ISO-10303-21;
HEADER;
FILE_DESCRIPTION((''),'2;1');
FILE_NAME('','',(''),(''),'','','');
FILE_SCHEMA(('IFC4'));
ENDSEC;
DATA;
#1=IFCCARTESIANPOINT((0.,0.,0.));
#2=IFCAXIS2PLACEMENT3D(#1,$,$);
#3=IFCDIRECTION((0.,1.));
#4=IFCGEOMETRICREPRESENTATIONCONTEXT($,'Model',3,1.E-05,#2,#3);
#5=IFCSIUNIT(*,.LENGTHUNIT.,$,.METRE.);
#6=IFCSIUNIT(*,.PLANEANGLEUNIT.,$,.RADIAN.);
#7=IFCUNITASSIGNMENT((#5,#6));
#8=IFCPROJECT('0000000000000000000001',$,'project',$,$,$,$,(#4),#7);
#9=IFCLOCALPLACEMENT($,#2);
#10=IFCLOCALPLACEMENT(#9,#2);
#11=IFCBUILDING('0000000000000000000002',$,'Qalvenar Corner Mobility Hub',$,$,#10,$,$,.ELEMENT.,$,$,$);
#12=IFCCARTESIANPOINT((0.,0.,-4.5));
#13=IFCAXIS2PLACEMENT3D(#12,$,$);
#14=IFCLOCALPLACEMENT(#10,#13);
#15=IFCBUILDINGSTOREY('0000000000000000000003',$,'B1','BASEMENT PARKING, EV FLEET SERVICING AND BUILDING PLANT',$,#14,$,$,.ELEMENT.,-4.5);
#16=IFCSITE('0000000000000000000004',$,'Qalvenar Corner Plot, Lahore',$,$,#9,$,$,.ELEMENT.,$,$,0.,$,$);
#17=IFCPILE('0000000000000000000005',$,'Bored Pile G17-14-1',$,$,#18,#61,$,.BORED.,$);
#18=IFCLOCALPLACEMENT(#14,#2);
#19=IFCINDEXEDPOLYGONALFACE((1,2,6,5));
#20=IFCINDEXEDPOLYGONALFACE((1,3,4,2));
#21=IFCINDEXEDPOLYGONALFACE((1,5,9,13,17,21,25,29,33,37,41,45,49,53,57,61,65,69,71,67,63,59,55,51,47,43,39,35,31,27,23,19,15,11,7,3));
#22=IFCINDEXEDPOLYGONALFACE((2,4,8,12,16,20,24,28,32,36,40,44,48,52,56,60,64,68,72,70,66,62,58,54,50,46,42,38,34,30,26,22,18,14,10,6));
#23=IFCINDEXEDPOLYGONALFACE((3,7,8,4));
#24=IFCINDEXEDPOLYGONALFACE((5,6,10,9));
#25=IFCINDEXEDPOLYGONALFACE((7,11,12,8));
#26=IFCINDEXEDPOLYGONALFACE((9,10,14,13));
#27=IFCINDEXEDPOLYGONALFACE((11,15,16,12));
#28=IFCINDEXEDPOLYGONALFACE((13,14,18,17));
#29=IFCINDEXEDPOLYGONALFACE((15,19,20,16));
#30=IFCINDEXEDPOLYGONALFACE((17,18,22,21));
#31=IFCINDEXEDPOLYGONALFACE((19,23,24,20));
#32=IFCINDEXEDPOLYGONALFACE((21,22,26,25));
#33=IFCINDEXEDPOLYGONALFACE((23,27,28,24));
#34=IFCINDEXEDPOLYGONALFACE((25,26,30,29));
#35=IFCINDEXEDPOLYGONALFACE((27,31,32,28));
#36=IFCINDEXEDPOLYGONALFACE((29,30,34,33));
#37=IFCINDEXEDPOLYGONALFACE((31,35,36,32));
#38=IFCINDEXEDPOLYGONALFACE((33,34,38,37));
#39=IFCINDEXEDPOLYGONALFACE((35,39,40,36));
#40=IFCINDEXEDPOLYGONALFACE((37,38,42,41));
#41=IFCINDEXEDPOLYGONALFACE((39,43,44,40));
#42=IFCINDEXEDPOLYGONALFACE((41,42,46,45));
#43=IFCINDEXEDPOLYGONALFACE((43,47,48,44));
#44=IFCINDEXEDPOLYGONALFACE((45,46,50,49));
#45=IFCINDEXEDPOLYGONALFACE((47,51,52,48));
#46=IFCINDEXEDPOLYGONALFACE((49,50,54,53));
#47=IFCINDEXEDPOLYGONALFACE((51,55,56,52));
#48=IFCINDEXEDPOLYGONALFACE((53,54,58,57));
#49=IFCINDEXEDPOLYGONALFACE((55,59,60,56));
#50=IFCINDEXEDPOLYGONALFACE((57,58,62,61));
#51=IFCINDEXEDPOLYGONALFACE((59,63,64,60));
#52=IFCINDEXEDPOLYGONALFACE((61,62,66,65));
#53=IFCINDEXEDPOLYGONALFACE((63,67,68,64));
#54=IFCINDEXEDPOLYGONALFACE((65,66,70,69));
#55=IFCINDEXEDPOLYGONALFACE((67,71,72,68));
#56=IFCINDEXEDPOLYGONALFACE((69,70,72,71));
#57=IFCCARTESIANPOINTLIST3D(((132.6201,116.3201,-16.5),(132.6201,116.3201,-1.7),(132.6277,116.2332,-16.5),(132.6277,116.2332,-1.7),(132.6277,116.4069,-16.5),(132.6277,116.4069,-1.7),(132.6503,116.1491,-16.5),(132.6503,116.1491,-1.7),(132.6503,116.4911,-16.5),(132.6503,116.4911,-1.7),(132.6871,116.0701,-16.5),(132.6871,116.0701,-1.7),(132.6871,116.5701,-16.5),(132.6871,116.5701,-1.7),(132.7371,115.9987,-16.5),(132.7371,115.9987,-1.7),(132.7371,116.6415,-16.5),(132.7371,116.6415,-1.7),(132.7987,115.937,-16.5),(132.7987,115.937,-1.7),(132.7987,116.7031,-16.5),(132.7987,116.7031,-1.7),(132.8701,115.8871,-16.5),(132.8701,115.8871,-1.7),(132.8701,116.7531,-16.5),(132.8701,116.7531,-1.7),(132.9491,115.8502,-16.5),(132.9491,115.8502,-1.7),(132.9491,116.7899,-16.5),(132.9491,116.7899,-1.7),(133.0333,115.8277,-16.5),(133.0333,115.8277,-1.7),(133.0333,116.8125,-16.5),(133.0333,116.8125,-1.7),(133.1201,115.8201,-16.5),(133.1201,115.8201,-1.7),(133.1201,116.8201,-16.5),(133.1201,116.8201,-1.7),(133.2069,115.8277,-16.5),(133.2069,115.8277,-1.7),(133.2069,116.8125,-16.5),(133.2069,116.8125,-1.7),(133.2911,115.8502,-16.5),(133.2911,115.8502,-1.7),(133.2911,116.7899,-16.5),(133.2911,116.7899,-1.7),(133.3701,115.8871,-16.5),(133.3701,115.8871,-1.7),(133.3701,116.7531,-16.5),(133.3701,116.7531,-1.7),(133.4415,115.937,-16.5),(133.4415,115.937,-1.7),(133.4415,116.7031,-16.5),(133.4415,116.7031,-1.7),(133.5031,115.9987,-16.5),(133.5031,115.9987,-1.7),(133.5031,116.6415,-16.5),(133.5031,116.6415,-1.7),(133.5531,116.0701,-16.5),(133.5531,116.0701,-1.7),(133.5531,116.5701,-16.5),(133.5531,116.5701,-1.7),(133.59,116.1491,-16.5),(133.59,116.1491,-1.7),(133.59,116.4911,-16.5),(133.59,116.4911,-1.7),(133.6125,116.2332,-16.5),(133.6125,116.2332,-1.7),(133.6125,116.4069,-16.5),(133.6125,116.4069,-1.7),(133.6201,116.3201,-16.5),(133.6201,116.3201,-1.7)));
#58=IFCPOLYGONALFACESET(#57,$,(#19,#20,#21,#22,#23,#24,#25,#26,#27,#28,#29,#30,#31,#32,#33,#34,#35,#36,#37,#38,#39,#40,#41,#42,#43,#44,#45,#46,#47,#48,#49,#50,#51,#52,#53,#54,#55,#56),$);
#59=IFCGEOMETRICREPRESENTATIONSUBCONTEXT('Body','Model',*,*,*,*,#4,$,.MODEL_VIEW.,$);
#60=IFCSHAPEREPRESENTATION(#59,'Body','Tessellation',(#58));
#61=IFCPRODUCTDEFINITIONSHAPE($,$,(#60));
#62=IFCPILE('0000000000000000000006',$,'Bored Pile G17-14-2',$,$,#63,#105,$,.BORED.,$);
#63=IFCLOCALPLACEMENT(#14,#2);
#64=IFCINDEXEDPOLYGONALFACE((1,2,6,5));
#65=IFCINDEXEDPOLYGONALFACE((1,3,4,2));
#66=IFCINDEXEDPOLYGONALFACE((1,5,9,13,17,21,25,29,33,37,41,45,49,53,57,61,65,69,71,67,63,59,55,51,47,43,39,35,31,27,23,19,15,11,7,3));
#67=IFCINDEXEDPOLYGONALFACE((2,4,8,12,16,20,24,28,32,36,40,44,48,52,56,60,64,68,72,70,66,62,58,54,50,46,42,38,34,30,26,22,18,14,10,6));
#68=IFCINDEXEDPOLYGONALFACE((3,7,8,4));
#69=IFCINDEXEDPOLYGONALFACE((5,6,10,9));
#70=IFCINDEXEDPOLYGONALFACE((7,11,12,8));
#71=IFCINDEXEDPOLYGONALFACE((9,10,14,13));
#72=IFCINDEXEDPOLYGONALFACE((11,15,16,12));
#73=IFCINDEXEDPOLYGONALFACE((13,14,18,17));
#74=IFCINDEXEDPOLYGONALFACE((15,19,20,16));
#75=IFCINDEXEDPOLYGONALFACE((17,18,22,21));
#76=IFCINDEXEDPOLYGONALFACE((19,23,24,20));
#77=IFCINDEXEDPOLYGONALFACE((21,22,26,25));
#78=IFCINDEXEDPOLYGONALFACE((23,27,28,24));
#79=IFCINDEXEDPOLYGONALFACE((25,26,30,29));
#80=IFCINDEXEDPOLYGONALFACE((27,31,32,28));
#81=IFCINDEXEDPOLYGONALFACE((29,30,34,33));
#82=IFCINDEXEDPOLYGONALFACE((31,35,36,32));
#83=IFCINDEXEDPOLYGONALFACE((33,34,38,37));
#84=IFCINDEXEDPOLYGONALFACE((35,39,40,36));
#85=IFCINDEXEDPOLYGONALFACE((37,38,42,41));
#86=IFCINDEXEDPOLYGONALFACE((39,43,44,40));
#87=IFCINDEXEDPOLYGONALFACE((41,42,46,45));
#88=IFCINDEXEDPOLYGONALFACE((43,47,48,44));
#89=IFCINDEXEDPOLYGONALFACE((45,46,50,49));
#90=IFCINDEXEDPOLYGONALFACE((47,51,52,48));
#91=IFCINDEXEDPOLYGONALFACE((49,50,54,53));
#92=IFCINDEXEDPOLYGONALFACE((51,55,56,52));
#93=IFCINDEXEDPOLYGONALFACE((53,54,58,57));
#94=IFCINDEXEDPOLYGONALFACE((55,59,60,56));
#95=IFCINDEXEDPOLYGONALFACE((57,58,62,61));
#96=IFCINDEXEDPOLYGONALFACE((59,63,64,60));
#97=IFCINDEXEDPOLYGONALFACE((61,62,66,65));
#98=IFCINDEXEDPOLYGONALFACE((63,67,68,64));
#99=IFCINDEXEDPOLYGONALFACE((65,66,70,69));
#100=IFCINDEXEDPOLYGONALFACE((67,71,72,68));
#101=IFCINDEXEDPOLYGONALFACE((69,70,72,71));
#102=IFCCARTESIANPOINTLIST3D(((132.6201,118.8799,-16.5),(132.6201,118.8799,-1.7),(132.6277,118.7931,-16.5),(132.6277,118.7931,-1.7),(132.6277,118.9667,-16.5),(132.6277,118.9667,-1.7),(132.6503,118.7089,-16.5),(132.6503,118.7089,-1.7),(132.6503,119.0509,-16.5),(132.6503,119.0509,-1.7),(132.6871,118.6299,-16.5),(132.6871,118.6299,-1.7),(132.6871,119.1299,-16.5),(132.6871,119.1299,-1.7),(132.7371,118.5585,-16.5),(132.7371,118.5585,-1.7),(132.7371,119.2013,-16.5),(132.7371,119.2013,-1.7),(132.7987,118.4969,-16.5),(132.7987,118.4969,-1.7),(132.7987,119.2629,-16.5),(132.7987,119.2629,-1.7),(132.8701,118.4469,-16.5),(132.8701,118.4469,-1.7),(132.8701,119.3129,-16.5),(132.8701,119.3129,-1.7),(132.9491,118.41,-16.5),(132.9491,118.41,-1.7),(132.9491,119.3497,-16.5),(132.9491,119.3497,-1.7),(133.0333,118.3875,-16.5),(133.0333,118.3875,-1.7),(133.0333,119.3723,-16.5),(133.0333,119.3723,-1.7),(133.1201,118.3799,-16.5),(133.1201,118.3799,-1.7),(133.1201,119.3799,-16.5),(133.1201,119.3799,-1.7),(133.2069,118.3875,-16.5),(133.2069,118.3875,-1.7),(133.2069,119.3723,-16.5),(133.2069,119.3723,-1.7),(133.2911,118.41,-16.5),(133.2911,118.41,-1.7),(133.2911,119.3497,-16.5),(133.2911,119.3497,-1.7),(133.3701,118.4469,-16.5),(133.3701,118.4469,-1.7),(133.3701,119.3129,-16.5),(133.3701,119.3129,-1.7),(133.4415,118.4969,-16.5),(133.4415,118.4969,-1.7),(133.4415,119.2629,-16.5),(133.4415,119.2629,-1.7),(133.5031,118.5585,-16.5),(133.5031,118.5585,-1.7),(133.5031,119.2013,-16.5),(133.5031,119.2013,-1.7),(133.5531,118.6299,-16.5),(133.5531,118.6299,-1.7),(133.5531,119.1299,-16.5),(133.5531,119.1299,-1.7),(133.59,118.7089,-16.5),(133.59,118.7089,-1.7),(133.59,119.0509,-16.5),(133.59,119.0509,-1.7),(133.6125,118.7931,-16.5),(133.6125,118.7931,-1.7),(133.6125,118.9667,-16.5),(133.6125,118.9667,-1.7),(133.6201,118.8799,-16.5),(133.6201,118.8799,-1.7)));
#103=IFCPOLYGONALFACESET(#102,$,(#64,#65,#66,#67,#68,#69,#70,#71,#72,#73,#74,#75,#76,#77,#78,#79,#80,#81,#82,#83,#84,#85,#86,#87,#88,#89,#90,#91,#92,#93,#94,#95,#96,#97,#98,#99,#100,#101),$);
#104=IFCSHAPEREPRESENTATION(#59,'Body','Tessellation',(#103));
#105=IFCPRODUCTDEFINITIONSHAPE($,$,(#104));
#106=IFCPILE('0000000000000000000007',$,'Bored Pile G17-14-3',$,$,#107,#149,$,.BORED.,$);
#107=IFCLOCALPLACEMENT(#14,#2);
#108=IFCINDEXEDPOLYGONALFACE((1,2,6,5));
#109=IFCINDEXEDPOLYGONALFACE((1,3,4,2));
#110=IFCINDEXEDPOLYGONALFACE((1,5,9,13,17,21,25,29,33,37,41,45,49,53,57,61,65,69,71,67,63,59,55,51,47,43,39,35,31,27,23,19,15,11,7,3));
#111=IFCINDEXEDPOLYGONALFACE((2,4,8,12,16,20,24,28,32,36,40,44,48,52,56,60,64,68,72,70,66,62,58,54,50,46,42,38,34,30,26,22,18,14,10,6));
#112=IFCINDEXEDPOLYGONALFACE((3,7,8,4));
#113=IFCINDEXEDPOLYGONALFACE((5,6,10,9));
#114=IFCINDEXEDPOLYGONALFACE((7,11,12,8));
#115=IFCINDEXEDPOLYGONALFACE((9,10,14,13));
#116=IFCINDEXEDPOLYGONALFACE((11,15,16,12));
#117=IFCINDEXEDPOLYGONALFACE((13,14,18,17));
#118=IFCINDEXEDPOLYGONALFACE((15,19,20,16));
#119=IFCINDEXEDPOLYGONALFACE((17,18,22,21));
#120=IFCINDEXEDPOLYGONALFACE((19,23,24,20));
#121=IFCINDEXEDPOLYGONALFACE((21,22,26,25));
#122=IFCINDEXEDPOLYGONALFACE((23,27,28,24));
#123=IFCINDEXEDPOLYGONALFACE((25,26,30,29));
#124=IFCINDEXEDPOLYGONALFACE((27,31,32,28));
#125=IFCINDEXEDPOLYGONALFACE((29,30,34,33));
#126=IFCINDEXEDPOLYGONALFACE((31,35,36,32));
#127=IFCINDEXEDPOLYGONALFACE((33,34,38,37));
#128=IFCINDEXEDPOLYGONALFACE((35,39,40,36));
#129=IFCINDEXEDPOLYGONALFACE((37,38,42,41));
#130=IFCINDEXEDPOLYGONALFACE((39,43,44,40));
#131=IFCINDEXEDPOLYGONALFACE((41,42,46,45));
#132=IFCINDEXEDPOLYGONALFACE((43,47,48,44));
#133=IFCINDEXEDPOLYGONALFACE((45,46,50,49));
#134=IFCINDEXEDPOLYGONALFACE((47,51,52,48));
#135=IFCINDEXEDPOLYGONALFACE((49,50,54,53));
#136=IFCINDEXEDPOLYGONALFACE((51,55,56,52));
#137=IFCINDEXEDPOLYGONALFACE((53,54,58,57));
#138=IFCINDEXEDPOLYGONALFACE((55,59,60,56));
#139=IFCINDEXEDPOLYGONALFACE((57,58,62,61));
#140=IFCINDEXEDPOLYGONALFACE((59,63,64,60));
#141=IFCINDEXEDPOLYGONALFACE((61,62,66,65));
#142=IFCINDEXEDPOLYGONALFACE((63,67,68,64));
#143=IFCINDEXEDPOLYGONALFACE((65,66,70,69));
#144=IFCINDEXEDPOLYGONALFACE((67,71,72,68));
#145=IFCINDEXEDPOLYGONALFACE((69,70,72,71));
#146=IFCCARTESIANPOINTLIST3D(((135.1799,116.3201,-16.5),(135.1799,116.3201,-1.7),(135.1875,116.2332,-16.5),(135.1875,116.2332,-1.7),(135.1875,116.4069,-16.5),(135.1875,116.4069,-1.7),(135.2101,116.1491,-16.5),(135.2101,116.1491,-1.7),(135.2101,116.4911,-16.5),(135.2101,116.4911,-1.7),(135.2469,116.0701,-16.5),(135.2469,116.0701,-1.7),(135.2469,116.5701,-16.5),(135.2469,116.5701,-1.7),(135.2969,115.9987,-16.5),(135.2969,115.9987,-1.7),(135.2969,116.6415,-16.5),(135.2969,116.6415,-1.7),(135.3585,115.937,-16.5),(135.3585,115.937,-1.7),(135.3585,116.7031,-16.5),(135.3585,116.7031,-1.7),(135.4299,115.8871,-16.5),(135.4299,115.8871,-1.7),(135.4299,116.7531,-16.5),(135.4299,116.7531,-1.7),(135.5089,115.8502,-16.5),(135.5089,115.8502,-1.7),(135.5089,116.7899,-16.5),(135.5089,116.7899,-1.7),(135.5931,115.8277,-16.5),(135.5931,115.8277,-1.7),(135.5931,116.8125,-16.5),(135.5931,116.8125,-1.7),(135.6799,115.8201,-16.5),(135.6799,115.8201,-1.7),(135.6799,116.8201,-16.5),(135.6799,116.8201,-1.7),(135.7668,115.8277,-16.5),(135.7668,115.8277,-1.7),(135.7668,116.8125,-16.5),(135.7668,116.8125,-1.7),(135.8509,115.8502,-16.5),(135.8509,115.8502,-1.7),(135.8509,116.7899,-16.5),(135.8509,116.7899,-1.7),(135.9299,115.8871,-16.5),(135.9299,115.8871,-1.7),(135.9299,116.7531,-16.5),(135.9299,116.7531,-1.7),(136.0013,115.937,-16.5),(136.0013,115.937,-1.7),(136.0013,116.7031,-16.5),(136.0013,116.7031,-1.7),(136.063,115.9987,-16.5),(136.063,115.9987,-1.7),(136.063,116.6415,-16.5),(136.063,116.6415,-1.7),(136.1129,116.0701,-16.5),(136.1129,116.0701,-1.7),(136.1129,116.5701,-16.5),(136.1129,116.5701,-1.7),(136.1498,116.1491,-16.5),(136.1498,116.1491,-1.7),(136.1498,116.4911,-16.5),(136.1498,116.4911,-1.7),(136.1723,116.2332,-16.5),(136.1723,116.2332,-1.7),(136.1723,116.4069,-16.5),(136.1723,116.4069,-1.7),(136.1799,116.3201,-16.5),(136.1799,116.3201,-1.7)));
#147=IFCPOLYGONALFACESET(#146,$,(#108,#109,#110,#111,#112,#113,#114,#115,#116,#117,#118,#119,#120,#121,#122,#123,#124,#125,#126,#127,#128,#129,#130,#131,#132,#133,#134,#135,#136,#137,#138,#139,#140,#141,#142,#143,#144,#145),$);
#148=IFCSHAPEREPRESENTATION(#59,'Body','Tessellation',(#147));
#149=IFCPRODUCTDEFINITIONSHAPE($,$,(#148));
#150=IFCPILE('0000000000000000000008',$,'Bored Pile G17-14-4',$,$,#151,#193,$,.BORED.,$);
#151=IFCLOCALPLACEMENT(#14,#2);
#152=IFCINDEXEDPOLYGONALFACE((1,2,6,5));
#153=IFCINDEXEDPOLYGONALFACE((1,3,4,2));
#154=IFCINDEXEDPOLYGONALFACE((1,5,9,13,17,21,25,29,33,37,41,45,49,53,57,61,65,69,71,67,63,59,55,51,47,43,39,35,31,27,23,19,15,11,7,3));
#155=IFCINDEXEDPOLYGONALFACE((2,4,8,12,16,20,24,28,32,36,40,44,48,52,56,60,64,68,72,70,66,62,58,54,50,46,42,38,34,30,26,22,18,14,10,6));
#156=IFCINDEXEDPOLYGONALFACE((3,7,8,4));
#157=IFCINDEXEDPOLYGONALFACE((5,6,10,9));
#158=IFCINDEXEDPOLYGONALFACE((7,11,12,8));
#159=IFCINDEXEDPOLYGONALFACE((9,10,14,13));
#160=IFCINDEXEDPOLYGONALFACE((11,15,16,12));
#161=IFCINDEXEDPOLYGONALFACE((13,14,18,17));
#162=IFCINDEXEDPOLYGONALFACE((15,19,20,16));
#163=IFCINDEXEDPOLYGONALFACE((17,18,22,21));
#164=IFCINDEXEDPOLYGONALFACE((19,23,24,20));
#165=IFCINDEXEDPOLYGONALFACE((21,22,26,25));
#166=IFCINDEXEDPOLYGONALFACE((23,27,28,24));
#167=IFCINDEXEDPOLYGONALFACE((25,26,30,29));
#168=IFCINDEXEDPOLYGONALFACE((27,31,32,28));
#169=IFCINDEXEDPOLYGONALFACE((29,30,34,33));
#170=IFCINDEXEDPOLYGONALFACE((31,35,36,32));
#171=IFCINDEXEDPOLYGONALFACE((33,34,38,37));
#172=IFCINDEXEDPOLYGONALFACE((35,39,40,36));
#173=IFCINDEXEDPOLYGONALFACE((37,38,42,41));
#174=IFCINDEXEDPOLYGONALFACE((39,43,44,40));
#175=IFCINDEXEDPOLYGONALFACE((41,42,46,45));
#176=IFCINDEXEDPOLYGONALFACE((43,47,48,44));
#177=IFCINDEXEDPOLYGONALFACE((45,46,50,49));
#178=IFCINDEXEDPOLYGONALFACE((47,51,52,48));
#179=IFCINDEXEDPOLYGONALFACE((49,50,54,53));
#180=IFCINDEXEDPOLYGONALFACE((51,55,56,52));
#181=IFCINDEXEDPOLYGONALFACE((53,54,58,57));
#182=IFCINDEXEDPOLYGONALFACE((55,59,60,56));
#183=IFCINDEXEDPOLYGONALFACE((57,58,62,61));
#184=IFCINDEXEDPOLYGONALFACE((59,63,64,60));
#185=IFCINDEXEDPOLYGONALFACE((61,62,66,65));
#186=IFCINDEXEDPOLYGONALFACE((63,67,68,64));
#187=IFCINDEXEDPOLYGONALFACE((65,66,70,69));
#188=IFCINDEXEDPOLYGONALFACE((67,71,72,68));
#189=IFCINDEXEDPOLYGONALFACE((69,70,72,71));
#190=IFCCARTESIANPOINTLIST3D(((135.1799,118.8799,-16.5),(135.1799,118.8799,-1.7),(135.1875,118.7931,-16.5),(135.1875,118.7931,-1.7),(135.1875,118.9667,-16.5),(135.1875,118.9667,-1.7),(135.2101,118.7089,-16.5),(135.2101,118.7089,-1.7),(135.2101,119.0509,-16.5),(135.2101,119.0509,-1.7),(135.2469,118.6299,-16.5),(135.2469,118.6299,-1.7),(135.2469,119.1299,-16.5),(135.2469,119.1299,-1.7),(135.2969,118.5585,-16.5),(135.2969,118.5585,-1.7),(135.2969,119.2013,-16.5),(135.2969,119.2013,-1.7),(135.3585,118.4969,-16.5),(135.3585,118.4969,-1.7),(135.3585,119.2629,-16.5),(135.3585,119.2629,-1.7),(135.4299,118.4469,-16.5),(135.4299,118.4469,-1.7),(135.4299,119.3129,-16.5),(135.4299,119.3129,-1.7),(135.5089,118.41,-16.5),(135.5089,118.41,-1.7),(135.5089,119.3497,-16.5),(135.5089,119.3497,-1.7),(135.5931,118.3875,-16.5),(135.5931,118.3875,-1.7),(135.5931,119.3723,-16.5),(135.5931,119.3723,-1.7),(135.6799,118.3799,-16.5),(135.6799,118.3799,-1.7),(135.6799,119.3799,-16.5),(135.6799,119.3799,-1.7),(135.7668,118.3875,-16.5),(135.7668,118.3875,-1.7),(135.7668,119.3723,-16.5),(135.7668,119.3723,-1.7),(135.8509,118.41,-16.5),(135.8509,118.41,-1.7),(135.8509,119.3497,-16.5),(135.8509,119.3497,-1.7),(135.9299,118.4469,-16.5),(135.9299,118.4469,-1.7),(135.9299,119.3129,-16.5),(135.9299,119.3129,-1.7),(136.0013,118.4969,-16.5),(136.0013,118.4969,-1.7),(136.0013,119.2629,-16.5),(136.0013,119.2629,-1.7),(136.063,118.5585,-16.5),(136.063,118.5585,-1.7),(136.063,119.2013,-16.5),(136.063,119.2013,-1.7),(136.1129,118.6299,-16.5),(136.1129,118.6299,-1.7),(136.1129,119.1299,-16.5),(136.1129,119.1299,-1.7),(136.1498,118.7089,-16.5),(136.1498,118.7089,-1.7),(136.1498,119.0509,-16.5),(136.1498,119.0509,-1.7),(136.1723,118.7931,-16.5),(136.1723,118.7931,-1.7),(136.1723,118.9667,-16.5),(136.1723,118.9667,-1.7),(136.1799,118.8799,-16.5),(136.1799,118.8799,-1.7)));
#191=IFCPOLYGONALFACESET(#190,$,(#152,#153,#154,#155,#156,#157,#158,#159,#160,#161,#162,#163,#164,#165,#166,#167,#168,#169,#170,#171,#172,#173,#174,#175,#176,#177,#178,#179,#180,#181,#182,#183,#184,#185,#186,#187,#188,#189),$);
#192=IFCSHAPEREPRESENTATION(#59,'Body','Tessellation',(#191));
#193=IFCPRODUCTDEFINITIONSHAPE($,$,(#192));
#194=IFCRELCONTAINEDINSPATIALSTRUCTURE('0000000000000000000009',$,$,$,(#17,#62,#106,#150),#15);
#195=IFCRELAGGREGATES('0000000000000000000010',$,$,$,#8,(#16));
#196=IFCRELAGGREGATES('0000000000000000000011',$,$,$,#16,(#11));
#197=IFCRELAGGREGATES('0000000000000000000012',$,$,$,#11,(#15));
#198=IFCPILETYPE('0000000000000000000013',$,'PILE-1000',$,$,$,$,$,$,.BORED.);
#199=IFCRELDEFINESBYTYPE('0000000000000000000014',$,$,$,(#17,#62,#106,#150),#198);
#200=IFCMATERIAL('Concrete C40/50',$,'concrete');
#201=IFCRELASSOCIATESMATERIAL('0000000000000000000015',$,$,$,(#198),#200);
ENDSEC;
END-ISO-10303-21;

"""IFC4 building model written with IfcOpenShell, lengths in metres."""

from ifc_helpers import new_model, si_unit, direction, frame, origin, origin_2d, place, context, subcontext, project, spatial, circle, extrude, material, material_profile, profile_set, type_object, element, save


model = new_model("IFC4")

# Units and contexts
model_context = context("Model", 3, precision=1e-05, world=origin(), true_north=direction((0.0, 1.0)))
body_context = subcontext(model_context, "Body", "Model", "MODEL_VIEW")
ifc_project = project(units=[si_unit("LENGTHUNIT", "METRE"), si_unit("PLANEANGLEUNIT", "RADIAN")], contexts=[model_context])

# Site, building, storey
site_placement = place(None, origin())
site = spatial("IfcSite", under=ifc_project, at=site_placement, Name="Qalvenar Corner Plot, Lahore", CompositionType="ELEMENT", RefElevation=0.0)
building_placement = place(site_placement, origin())
building = spatial("IfcBuilding", under=site, at=building_placement, Name="Qalvenar Corner Mobility Hub", CompositionType="ELEMENT")
storey_placement = place(building_placement, frame((0.0, 0.0, -4.5)))
storey = spatial("IfcBuildingStorey", under=building, at=storey_placement, Name="B1", Description="BASEMENT PARKING, EV FLEET SERVICING AND BUILDING PLANT", CompositionType="ELEMENT", Elevation=-4.5)

# Shared definitions
ifc_material_1 = material(Name="Concrete C40/50", Category="concrete")

# Piles
ifc_material_profile_1 = material_profile(ifc_material_1, circle(Radius=0.5, at=origin_2d()), Name="DIA1000")
ifc_profile_set_1 = profile_set([ifc_material_profile_1], Name="Concrete C40/50")
pile_type = type_object("IfcPileType", Name="PILE-1000", PredefinedType="BORED", material=ifc_profile_set_1)
for number, where, z_axis, x_axis, name in (
    (1, (133.1201, 116.3201, -1.7), (0.0, 0.0, -1.0), (1.0, 0.0, 0.0), "Bored Pile G17-14-1"),
    (2, (133.1201, 118.8799, -1.7), (0.0, 0.0, -1.0), (1.0, 0.0, 0.0), "Bored Pile G17-14-2"),
    (3, (135.6799, 116.3201, -1.7), (0.0, 0.0, -1.0), (1.0, 0.0, 0.0), "Bored Pile G17-14-3"),
    (4, (135.6799, 118.8799, -1.7), (0.0, 0.0, -1.0), (1.0, 0.0, 0.0), "Bored Pile G17-14-4"),
):
    element("IfcPile", number, at=place(storey_placement, frame(where, z_axis=z_axis, x_axis=x_axis)), inside=storey, type_object=pile_type, Name=name, PredefinedType="BORED", context=body_context, shape_type="SweptSolid", body=[
        extrude(circle(Radius=0.5, at=origin_2d()), origin(), (0.0, 0.0, 1.0), 14.8),
    ])

save(model, "model.ifc")
